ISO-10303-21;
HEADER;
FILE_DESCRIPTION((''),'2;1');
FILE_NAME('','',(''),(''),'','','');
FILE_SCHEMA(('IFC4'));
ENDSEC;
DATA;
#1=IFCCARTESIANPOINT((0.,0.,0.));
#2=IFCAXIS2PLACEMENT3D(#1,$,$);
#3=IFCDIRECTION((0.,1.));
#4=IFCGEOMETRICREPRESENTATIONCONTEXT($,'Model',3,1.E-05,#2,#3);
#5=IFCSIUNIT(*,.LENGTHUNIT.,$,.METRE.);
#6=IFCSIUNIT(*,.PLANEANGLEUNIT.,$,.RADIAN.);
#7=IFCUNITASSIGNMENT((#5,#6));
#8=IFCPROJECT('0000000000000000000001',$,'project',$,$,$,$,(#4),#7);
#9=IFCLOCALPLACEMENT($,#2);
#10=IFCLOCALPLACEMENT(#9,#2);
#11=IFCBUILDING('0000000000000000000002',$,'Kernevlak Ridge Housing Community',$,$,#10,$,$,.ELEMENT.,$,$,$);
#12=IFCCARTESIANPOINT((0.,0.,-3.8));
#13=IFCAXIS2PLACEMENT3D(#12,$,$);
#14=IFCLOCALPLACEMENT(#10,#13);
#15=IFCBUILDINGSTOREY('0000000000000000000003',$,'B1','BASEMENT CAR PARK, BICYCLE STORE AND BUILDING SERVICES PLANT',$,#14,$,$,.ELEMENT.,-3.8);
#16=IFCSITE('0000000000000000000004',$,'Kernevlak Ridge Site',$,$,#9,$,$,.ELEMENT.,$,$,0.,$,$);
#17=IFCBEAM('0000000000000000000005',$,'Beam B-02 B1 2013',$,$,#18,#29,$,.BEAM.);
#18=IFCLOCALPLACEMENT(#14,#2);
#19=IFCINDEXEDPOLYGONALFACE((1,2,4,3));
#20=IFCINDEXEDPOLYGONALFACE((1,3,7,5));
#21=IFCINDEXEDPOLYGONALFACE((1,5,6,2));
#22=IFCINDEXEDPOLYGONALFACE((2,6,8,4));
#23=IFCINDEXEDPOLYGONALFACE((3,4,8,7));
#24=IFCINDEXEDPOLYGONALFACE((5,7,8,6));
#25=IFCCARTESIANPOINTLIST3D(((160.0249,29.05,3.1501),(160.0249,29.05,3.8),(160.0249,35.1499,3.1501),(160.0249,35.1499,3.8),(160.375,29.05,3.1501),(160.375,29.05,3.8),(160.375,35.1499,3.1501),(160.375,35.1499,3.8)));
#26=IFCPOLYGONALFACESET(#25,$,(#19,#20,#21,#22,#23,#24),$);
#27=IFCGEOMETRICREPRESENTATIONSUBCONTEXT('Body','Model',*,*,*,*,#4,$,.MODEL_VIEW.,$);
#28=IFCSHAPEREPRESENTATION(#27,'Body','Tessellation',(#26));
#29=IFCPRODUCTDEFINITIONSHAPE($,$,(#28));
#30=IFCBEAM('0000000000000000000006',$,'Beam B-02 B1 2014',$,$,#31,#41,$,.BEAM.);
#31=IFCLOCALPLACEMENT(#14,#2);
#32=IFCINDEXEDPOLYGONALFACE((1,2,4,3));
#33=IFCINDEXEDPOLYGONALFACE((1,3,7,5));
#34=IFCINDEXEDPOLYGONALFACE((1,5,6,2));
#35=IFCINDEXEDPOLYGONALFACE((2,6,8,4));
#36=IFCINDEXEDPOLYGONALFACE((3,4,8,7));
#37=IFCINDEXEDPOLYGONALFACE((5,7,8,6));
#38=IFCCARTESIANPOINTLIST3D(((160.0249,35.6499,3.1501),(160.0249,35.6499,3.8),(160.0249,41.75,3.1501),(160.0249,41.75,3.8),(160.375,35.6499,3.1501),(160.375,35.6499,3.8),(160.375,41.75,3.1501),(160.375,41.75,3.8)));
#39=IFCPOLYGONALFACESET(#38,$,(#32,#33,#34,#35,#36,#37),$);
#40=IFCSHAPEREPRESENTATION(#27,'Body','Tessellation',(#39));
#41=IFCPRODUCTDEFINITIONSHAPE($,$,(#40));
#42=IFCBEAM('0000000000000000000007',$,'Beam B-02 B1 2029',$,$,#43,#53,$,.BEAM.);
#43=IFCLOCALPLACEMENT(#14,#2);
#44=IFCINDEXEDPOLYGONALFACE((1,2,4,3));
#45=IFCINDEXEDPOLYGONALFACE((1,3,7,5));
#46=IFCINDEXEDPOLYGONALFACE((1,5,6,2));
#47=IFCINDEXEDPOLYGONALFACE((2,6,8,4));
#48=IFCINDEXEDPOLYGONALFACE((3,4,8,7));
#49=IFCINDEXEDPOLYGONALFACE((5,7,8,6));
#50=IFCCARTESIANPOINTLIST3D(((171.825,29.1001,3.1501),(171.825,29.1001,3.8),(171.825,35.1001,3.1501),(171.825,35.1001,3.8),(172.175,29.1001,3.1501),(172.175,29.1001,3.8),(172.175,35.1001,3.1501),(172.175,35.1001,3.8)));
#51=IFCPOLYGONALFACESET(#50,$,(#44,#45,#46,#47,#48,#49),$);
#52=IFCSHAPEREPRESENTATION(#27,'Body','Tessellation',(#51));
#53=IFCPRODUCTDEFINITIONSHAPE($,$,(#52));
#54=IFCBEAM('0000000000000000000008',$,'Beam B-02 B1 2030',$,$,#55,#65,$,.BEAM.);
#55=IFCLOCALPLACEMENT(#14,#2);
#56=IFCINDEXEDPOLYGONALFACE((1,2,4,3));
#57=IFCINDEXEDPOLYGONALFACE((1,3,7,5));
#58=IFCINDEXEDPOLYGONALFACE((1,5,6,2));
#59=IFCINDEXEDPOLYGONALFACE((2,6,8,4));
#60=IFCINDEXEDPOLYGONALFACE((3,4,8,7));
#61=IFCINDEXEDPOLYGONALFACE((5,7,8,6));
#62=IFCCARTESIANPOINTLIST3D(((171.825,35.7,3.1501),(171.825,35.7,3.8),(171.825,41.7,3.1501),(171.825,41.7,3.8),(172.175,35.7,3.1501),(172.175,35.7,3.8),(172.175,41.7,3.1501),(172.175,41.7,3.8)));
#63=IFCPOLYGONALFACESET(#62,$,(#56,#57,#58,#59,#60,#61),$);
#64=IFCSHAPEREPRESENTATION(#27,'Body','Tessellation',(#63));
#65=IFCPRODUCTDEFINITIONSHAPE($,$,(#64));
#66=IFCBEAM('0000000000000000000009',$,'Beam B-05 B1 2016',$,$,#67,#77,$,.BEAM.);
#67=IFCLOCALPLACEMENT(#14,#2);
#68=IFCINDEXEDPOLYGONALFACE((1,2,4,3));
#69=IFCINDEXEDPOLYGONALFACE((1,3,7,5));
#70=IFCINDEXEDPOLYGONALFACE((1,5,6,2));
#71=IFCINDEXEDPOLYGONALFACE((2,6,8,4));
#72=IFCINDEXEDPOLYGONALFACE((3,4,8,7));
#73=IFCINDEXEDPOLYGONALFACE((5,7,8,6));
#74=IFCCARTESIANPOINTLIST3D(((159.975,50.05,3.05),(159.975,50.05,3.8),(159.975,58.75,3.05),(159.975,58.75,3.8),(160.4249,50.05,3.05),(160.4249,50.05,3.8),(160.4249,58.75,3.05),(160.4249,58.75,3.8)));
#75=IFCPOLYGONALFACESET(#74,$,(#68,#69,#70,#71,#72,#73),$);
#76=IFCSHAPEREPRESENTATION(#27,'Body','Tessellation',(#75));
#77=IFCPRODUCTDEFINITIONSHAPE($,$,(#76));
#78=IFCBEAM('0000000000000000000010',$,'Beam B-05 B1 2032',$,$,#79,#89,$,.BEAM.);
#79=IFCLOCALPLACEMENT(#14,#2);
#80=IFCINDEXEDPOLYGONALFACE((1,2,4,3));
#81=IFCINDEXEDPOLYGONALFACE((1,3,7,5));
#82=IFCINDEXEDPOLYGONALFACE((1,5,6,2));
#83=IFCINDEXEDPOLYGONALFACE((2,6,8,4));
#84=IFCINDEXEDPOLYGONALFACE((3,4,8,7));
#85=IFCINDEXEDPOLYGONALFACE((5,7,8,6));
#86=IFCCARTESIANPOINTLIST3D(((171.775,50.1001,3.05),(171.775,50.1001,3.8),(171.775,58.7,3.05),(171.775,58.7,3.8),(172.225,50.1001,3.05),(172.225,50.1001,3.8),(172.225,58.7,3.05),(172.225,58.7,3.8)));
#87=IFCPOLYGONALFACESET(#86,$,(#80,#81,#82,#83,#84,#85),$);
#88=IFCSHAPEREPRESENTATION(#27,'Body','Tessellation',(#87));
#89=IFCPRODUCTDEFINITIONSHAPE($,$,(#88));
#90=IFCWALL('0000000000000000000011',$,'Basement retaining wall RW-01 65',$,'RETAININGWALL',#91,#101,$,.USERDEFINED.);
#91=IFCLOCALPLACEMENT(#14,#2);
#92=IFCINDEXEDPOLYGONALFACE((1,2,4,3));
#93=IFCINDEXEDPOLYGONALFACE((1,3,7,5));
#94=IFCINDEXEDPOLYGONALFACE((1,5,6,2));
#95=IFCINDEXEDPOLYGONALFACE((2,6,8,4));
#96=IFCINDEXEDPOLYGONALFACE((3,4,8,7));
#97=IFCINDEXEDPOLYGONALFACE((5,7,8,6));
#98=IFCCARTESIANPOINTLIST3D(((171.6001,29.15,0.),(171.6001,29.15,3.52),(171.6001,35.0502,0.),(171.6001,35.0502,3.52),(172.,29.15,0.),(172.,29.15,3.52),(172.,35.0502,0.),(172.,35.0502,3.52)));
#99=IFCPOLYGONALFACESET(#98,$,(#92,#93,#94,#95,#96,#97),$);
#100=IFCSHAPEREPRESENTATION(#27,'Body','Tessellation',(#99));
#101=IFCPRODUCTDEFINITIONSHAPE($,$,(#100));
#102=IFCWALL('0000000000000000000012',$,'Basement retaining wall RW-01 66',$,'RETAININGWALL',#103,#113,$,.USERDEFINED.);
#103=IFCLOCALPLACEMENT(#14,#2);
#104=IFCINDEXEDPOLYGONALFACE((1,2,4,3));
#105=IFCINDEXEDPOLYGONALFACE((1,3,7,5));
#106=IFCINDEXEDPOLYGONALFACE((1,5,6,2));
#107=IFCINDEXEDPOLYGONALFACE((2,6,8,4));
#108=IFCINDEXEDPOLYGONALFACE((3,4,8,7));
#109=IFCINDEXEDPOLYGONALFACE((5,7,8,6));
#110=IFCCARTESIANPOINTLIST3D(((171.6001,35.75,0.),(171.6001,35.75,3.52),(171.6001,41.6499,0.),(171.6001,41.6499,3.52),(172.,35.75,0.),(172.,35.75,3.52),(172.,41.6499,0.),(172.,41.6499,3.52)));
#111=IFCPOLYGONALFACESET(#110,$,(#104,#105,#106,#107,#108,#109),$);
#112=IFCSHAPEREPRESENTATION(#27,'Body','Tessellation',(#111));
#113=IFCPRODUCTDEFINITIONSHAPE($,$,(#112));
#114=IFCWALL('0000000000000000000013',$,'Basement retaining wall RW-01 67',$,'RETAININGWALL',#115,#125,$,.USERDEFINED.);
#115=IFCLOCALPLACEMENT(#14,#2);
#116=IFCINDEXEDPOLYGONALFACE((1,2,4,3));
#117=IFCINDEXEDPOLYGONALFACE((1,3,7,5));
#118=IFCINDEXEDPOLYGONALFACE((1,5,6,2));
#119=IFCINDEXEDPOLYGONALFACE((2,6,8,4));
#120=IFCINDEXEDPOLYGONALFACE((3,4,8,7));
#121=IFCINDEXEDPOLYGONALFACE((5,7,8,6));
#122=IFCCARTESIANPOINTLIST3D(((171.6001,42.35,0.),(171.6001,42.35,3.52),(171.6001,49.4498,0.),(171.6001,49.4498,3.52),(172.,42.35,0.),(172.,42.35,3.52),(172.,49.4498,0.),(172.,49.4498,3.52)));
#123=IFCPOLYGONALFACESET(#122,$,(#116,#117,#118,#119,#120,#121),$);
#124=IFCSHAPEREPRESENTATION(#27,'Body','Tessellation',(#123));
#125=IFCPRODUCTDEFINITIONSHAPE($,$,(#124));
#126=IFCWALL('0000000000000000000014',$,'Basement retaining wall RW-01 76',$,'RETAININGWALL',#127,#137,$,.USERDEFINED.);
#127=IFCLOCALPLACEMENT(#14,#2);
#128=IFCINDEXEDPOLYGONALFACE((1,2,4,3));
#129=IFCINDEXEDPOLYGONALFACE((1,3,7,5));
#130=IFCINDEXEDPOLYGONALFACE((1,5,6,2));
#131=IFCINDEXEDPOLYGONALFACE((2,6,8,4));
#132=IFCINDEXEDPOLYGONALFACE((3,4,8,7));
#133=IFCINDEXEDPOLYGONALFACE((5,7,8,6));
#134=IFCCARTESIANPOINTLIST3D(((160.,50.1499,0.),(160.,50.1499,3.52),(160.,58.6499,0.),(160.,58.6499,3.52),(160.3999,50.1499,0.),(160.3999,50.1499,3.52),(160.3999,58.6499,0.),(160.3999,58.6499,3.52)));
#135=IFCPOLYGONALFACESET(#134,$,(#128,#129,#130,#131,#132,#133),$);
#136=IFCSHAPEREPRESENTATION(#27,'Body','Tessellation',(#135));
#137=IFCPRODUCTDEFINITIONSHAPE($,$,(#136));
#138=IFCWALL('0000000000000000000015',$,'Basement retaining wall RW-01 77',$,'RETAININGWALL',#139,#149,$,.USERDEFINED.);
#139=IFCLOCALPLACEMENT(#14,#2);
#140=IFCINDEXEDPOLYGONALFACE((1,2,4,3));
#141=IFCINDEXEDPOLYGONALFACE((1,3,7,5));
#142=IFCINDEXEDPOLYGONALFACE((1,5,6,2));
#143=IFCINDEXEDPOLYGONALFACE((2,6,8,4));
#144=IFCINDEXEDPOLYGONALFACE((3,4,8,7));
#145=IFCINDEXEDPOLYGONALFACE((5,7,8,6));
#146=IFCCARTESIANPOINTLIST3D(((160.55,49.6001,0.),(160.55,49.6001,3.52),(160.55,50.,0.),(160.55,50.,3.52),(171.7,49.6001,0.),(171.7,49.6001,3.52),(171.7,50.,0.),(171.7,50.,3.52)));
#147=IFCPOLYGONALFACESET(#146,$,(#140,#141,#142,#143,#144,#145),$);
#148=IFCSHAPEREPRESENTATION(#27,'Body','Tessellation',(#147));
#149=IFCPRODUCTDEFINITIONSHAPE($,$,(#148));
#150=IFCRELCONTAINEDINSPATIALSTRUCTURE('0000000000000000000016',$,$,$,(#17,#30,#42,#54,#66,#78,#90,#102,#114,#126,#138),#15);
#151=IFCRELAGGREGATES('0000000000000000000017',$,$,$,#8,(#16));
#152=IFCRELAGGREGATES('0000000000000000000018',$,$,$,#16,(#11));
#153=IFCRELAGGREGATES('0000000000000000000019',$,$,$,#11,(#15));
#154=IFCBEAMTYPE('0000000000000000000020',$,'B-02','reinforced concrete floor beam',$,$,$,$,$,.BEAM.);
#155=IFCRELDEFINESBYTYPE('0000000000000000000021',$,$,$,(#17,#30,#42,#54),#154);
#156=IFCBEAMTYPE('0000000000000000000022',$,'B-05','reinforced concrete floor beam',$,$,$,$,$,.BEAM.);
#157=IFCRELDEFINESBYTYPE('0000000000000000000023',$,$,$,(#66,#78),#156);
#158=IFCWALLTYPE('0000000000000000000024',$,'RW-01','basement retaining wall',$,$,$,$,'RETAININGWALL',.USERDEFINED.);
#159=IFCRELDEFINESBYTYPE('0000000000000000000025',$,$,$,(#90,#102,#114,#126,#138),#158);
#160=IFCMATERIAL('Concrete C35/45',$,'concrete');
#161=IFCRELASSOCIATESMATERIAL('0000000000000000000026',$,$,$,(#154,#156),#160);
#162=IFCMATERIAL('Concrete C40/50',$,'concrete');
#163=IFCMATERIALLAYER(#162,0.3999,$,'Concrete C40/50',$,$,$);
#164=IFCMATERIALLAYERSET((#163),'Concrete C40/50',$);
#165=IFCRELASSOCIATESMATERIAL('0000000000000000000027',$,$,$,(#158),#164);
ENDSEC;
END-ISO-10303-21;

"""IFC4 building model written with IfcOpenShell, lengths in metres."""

from ifc_helpers import new_model, si_unit, direction, frame, frame_2d, origin, origin_2d, place, context, subcontext, project, spatial, rectangle, extrude, material, layer, layer_set, material_profile, profile_set, type_object, element, save


model = new_model("IFC4")

# Units and contexts
model_context = context("Model", 3, precision=1e-05, world=origin(), true_north=direction((0.0, 1.0)))
body_context = subcontext(model_context, "Body", "Model", "MODEL_VIEW")
ifc_project = project(units=[si_unit("LENGTHUNIT", "METRE"), si_unit("PLANEANGLEUNIT", "RADIAN")], contexts=[model_context])

# Site, building, storey
site_placement = place(None, origin())
site = spatial("IfcSite", under=ifc_project, at=site_placement, Name="Kernevlak Ridge Site", CompositionType="ELEMENT", RefElevation=0.0)
building_placement = place(site_placement, origin())
building = spatial("IfcBuilding", under=site, at=building_placement, Name="Kernevlak Ridge Housing Community", CompositionType="ELEMENT")
storey_placement = place(building_placement, frame((0.0, 0.0, -3.8)))
storey = spatial("IfcBuildingStorey", under=building, at=storey_placement, Name="B1", Description="BASEMENT CAR PARK, BICYCLE STORE AND BUILDING SERVICES PLANT", CompositionType="ELEMENT", Elevation=-3.8)

# Shared definitions
ifc_material_1 = material(Name="Concrete C35/45", Category="concrete")

# Shared definitions
ifc_material_2 = material(Name="Concrete C40/50", Category="concrete")

# Beams
ifc_material_profile_1 = material_profile(ifc_material_1, rectangle(XDim=0.3501, YDim=0.6499, at=origin_2d()), Name="RC 350x650")
ifc_profile_set_1 = profile_set([ifc_material_profile_1], Name="Concrete C35/45")
beam_type_1 = type_object("IfcBeamType", Name="B-02", Description="reinforced concrete floor beam", PredefinedType="BEAM", material=ifc_profile_set_1)
beam_1_placement = place(storey_placement, frame((160.2, 29.05, 3.4751), z_axis=(0.0, 1.0, 0.0), x_axis=(-1.0, 0.0, 0.0)))
element("IfcBeam", 1, at=beam_1_placement, inside=storey, type_object=beam_type_1, Name="Beam B-02 B1 2013", PredefinedType="BEAM", context=body_context, shape_type="SweptSolid", body=[
    extrude(rectangle(XDim=0.3501, YDim=0.6499, at=origin_2d()), origin(), (0.0, 0.0, 1.0), 6.0999),
])
beam_2_placement = place(storey_placement, frame((160.2, 35.6499, 3.4751), z_axis=(0.0, 1.0, 0.0), x_axis=(-1.0, 0.0, 0.0)))
element("IfcBeam", 2, at=beam_2_placement, inside=storey, type_object=beam_type_1, Name="Beam B-02 B1 2014", PredefinedType="BEAM", context=body_context, shape_type="SweptSolid", body=[
    extrude(rectangle(XDim=0.3501, YDim=0.6499, at=origin_2d()), origin(), (0.0, 0.0, 1.0), 6.1001),
])
for number, where, z_axis, x_axis, name in (
    (3, (172.0, 29.1001, 3.4751), (0.0, 1.0, 0.0), (-1.0, 0.0, 0.0), "Beam B-02 B1 2029"),
    (4, (172.0, 35.7, 3.4751), (0.0, 1.0, 0.0), (-1.0, 0.0, 0.0), "Beam B-02 B1 2030"),
):
    element("IfcBeam", number, at=place(storey_placement, frame(where, z_axis=z_axis, x_axis=x_axis)), inside=storey, type_object=beam_type_1, Name=name, PredefinedType="BEAM", context=body_context, shape_type="SweptSolid", body=[
        extrude(rectangle(XDim=0.3501, YDim=0.6499, at=origin_2d()), origin(), (0.0, 0.0, 1.0), 6.0),
    ])
ifc_material_profile_2 = material_profile(ifc_material_1, rectangle(XDim=0.45, YDim=0.75, at=origin_2d()), Name="RC 450x750")
ifc_profile_set_2 = profile_set([ifc_material_profile_2], Name="Concrete C35/45")
beam_type_2 = type_object("IfcBeamType", Name="B-05", Description="reinforced concrete floor beam", PredefinedType="BEAM", material=ifc_profile_set_2)
beam_3_placement = place(storey_placement, frame((160.2, 50.05, 3.425), z_axis=(0.0, 1.0, 0.0), x_axis=(-1.0, 0.0, 0.0)))
element("IfcBeam", 5, at=beam_3_placement, inside=storey, type_object=beam_type_2, Name="Beam B-05 B1 2016", PredefinedType="BEAM", context=body_context, shape_type="SweptSolid", body=[
    extrude(rectangle(XDim=0.45, YDim=0.75, at=origin_2d()), origin(), (0.0, 0.0, 1.0), 8.7),
])
beam_4_placement = place(storey_placement, frame((172.0, 50.1001, 3.425), z_axis=(0.0, 1.0, 0.0), x_axis=(-1.0, 0.0, 0.0)))
element("IfcBeam", 6, at=beam_4_placement, inside=storey, type_object=beam_type_2, Name="Beam B-05 B1 2032", PredefinedType="BEAM", context=body_context, shape_type="SweptSolid", body=[
    extrude(rectangle(XDim=0.45, YDim=0.75, at=origin_2d()), origin(), (0.0, 0.0, 1.0), 8.5999),
])

# Walls
ifc_layer = layer(ifc_material_2, 0.3999, Name="Concrete C40/50")
ifc_layer_set = layer_set([ifc_layer], Name="Concrete C40/50")
wall_type = type_object("IfcWallType", Name="RW-01", Description="basement retaining wall", ElementType="RETAININGWALL", PredefinedType="USERDEFINED", material=ifc_layer_set)
wall_1_placement = place(storey_placement, frame((171.8, 29.1499, 0.0), z_axis=(0.0, 0.0, 1.0), x_axis=(0.0, 1.0, 0.0)))
element("IfcWall", 7, at=wall_1_placement, inside=storey, type_object=wall_type, Name="Basement retaining wall RW-01 65", ObjectType="RETAININGWALL", PredefinedType="USERDEFINED", context=body_context, shape_type="SweptSolid", body=[
    extrude(rectangle(XDim=5.9001, YDim=0.3999, at=frame_2d((2.9502, 0.0))), origin(), (0.0, 0.0, 1.0), 3.52),
])
wall_2_placement = place(storey_placement, frame((171.8, 35.75, 0.0), z_axis=(0.0, 0.0, 1.0), x_axis=(0.0, 1.0, 0.0)))
element("IfcWall", 8, at=wall_2_placement, inside=storey, type_object=wall_type, Name="Basement retaining wall RW-01 66", ObjectType="RETAININGWALL", PredefinedType="USERDEFINED", context=body_context, shape_type="SweptSolid", body=[
    extrude(rectangle(XDim=5.8999, YDim=0.3999, at=frame_2d((2.95, 0.0))), origin(), (0.0, 0.0, 1.0), 3.52),
])
wall_3_placement = place(storey_placement, frame((171.8, 42.3501, 0.0), z_axis=(0.0, 0.0, 1.0), x_axis=(0.0, 1.0, 0.0)))
element("IfcWall", 9, at=wall_3_placement, inside=storey, type_object=wall_type, Name="Basement retaining wall RW-01 67", ObjectType="RETAININGWALL", PredefinedType="USERDEFINED", context=body_context, shape_type="SweptSolid", body=[
    extrude(rectangle(XDim=7.0999, YDim=0.3999, at=frame_2d((3.5498, 0.0))), origin(), (0.0, 0.0, 1.0), 3.52),
])
wall_4_placement = place(storey_placement, frame((160.2, 50.1499, 0.0), z_axis=(0.0, 0.0, 1.0), x_axis=(0.0, 1.0, 0.0)))
element("IfcWall", 10, at=wall_4_placement, inside=storey, type_object=wall_type, Name="Basement retaining wall RW-01 76", ObjectType="RETAININGWALL", PredefinedType="USERDEFINED", context=body_context, shape_type="SweptSolid", body=[
    extrude(rectangle(XDim=8.5, YDim=0.3999, at=frame_2d((4.25, 0.0))), origin(), (0.0, 0.0, 1.0), 3.52),
])
wall_5_placement = place(storey_placement, frame((160.55, 49.8, 0.0), z_axis=(0.0, 0.0, 1.0), x_axis=(1.0, 0.0, 0.0)))
element("IfcWall", 11, at=wall_5_placement, inside=storey, type_object=wall_type, Name="Basement retaining wall RW-01 77", ObjectType="RETAININGWALL", PredefinedType="USERDEFINED", context=body_context, shape_type="SweptSolid", body=[
    extrude(rectangle(XDim=11.1499, YDim=0.3999, at=frame_2d((5.575, 0.0))), origin(), (0.0, 0.0, 1.0), 3.52),
])

save(model, "model.ifc")
